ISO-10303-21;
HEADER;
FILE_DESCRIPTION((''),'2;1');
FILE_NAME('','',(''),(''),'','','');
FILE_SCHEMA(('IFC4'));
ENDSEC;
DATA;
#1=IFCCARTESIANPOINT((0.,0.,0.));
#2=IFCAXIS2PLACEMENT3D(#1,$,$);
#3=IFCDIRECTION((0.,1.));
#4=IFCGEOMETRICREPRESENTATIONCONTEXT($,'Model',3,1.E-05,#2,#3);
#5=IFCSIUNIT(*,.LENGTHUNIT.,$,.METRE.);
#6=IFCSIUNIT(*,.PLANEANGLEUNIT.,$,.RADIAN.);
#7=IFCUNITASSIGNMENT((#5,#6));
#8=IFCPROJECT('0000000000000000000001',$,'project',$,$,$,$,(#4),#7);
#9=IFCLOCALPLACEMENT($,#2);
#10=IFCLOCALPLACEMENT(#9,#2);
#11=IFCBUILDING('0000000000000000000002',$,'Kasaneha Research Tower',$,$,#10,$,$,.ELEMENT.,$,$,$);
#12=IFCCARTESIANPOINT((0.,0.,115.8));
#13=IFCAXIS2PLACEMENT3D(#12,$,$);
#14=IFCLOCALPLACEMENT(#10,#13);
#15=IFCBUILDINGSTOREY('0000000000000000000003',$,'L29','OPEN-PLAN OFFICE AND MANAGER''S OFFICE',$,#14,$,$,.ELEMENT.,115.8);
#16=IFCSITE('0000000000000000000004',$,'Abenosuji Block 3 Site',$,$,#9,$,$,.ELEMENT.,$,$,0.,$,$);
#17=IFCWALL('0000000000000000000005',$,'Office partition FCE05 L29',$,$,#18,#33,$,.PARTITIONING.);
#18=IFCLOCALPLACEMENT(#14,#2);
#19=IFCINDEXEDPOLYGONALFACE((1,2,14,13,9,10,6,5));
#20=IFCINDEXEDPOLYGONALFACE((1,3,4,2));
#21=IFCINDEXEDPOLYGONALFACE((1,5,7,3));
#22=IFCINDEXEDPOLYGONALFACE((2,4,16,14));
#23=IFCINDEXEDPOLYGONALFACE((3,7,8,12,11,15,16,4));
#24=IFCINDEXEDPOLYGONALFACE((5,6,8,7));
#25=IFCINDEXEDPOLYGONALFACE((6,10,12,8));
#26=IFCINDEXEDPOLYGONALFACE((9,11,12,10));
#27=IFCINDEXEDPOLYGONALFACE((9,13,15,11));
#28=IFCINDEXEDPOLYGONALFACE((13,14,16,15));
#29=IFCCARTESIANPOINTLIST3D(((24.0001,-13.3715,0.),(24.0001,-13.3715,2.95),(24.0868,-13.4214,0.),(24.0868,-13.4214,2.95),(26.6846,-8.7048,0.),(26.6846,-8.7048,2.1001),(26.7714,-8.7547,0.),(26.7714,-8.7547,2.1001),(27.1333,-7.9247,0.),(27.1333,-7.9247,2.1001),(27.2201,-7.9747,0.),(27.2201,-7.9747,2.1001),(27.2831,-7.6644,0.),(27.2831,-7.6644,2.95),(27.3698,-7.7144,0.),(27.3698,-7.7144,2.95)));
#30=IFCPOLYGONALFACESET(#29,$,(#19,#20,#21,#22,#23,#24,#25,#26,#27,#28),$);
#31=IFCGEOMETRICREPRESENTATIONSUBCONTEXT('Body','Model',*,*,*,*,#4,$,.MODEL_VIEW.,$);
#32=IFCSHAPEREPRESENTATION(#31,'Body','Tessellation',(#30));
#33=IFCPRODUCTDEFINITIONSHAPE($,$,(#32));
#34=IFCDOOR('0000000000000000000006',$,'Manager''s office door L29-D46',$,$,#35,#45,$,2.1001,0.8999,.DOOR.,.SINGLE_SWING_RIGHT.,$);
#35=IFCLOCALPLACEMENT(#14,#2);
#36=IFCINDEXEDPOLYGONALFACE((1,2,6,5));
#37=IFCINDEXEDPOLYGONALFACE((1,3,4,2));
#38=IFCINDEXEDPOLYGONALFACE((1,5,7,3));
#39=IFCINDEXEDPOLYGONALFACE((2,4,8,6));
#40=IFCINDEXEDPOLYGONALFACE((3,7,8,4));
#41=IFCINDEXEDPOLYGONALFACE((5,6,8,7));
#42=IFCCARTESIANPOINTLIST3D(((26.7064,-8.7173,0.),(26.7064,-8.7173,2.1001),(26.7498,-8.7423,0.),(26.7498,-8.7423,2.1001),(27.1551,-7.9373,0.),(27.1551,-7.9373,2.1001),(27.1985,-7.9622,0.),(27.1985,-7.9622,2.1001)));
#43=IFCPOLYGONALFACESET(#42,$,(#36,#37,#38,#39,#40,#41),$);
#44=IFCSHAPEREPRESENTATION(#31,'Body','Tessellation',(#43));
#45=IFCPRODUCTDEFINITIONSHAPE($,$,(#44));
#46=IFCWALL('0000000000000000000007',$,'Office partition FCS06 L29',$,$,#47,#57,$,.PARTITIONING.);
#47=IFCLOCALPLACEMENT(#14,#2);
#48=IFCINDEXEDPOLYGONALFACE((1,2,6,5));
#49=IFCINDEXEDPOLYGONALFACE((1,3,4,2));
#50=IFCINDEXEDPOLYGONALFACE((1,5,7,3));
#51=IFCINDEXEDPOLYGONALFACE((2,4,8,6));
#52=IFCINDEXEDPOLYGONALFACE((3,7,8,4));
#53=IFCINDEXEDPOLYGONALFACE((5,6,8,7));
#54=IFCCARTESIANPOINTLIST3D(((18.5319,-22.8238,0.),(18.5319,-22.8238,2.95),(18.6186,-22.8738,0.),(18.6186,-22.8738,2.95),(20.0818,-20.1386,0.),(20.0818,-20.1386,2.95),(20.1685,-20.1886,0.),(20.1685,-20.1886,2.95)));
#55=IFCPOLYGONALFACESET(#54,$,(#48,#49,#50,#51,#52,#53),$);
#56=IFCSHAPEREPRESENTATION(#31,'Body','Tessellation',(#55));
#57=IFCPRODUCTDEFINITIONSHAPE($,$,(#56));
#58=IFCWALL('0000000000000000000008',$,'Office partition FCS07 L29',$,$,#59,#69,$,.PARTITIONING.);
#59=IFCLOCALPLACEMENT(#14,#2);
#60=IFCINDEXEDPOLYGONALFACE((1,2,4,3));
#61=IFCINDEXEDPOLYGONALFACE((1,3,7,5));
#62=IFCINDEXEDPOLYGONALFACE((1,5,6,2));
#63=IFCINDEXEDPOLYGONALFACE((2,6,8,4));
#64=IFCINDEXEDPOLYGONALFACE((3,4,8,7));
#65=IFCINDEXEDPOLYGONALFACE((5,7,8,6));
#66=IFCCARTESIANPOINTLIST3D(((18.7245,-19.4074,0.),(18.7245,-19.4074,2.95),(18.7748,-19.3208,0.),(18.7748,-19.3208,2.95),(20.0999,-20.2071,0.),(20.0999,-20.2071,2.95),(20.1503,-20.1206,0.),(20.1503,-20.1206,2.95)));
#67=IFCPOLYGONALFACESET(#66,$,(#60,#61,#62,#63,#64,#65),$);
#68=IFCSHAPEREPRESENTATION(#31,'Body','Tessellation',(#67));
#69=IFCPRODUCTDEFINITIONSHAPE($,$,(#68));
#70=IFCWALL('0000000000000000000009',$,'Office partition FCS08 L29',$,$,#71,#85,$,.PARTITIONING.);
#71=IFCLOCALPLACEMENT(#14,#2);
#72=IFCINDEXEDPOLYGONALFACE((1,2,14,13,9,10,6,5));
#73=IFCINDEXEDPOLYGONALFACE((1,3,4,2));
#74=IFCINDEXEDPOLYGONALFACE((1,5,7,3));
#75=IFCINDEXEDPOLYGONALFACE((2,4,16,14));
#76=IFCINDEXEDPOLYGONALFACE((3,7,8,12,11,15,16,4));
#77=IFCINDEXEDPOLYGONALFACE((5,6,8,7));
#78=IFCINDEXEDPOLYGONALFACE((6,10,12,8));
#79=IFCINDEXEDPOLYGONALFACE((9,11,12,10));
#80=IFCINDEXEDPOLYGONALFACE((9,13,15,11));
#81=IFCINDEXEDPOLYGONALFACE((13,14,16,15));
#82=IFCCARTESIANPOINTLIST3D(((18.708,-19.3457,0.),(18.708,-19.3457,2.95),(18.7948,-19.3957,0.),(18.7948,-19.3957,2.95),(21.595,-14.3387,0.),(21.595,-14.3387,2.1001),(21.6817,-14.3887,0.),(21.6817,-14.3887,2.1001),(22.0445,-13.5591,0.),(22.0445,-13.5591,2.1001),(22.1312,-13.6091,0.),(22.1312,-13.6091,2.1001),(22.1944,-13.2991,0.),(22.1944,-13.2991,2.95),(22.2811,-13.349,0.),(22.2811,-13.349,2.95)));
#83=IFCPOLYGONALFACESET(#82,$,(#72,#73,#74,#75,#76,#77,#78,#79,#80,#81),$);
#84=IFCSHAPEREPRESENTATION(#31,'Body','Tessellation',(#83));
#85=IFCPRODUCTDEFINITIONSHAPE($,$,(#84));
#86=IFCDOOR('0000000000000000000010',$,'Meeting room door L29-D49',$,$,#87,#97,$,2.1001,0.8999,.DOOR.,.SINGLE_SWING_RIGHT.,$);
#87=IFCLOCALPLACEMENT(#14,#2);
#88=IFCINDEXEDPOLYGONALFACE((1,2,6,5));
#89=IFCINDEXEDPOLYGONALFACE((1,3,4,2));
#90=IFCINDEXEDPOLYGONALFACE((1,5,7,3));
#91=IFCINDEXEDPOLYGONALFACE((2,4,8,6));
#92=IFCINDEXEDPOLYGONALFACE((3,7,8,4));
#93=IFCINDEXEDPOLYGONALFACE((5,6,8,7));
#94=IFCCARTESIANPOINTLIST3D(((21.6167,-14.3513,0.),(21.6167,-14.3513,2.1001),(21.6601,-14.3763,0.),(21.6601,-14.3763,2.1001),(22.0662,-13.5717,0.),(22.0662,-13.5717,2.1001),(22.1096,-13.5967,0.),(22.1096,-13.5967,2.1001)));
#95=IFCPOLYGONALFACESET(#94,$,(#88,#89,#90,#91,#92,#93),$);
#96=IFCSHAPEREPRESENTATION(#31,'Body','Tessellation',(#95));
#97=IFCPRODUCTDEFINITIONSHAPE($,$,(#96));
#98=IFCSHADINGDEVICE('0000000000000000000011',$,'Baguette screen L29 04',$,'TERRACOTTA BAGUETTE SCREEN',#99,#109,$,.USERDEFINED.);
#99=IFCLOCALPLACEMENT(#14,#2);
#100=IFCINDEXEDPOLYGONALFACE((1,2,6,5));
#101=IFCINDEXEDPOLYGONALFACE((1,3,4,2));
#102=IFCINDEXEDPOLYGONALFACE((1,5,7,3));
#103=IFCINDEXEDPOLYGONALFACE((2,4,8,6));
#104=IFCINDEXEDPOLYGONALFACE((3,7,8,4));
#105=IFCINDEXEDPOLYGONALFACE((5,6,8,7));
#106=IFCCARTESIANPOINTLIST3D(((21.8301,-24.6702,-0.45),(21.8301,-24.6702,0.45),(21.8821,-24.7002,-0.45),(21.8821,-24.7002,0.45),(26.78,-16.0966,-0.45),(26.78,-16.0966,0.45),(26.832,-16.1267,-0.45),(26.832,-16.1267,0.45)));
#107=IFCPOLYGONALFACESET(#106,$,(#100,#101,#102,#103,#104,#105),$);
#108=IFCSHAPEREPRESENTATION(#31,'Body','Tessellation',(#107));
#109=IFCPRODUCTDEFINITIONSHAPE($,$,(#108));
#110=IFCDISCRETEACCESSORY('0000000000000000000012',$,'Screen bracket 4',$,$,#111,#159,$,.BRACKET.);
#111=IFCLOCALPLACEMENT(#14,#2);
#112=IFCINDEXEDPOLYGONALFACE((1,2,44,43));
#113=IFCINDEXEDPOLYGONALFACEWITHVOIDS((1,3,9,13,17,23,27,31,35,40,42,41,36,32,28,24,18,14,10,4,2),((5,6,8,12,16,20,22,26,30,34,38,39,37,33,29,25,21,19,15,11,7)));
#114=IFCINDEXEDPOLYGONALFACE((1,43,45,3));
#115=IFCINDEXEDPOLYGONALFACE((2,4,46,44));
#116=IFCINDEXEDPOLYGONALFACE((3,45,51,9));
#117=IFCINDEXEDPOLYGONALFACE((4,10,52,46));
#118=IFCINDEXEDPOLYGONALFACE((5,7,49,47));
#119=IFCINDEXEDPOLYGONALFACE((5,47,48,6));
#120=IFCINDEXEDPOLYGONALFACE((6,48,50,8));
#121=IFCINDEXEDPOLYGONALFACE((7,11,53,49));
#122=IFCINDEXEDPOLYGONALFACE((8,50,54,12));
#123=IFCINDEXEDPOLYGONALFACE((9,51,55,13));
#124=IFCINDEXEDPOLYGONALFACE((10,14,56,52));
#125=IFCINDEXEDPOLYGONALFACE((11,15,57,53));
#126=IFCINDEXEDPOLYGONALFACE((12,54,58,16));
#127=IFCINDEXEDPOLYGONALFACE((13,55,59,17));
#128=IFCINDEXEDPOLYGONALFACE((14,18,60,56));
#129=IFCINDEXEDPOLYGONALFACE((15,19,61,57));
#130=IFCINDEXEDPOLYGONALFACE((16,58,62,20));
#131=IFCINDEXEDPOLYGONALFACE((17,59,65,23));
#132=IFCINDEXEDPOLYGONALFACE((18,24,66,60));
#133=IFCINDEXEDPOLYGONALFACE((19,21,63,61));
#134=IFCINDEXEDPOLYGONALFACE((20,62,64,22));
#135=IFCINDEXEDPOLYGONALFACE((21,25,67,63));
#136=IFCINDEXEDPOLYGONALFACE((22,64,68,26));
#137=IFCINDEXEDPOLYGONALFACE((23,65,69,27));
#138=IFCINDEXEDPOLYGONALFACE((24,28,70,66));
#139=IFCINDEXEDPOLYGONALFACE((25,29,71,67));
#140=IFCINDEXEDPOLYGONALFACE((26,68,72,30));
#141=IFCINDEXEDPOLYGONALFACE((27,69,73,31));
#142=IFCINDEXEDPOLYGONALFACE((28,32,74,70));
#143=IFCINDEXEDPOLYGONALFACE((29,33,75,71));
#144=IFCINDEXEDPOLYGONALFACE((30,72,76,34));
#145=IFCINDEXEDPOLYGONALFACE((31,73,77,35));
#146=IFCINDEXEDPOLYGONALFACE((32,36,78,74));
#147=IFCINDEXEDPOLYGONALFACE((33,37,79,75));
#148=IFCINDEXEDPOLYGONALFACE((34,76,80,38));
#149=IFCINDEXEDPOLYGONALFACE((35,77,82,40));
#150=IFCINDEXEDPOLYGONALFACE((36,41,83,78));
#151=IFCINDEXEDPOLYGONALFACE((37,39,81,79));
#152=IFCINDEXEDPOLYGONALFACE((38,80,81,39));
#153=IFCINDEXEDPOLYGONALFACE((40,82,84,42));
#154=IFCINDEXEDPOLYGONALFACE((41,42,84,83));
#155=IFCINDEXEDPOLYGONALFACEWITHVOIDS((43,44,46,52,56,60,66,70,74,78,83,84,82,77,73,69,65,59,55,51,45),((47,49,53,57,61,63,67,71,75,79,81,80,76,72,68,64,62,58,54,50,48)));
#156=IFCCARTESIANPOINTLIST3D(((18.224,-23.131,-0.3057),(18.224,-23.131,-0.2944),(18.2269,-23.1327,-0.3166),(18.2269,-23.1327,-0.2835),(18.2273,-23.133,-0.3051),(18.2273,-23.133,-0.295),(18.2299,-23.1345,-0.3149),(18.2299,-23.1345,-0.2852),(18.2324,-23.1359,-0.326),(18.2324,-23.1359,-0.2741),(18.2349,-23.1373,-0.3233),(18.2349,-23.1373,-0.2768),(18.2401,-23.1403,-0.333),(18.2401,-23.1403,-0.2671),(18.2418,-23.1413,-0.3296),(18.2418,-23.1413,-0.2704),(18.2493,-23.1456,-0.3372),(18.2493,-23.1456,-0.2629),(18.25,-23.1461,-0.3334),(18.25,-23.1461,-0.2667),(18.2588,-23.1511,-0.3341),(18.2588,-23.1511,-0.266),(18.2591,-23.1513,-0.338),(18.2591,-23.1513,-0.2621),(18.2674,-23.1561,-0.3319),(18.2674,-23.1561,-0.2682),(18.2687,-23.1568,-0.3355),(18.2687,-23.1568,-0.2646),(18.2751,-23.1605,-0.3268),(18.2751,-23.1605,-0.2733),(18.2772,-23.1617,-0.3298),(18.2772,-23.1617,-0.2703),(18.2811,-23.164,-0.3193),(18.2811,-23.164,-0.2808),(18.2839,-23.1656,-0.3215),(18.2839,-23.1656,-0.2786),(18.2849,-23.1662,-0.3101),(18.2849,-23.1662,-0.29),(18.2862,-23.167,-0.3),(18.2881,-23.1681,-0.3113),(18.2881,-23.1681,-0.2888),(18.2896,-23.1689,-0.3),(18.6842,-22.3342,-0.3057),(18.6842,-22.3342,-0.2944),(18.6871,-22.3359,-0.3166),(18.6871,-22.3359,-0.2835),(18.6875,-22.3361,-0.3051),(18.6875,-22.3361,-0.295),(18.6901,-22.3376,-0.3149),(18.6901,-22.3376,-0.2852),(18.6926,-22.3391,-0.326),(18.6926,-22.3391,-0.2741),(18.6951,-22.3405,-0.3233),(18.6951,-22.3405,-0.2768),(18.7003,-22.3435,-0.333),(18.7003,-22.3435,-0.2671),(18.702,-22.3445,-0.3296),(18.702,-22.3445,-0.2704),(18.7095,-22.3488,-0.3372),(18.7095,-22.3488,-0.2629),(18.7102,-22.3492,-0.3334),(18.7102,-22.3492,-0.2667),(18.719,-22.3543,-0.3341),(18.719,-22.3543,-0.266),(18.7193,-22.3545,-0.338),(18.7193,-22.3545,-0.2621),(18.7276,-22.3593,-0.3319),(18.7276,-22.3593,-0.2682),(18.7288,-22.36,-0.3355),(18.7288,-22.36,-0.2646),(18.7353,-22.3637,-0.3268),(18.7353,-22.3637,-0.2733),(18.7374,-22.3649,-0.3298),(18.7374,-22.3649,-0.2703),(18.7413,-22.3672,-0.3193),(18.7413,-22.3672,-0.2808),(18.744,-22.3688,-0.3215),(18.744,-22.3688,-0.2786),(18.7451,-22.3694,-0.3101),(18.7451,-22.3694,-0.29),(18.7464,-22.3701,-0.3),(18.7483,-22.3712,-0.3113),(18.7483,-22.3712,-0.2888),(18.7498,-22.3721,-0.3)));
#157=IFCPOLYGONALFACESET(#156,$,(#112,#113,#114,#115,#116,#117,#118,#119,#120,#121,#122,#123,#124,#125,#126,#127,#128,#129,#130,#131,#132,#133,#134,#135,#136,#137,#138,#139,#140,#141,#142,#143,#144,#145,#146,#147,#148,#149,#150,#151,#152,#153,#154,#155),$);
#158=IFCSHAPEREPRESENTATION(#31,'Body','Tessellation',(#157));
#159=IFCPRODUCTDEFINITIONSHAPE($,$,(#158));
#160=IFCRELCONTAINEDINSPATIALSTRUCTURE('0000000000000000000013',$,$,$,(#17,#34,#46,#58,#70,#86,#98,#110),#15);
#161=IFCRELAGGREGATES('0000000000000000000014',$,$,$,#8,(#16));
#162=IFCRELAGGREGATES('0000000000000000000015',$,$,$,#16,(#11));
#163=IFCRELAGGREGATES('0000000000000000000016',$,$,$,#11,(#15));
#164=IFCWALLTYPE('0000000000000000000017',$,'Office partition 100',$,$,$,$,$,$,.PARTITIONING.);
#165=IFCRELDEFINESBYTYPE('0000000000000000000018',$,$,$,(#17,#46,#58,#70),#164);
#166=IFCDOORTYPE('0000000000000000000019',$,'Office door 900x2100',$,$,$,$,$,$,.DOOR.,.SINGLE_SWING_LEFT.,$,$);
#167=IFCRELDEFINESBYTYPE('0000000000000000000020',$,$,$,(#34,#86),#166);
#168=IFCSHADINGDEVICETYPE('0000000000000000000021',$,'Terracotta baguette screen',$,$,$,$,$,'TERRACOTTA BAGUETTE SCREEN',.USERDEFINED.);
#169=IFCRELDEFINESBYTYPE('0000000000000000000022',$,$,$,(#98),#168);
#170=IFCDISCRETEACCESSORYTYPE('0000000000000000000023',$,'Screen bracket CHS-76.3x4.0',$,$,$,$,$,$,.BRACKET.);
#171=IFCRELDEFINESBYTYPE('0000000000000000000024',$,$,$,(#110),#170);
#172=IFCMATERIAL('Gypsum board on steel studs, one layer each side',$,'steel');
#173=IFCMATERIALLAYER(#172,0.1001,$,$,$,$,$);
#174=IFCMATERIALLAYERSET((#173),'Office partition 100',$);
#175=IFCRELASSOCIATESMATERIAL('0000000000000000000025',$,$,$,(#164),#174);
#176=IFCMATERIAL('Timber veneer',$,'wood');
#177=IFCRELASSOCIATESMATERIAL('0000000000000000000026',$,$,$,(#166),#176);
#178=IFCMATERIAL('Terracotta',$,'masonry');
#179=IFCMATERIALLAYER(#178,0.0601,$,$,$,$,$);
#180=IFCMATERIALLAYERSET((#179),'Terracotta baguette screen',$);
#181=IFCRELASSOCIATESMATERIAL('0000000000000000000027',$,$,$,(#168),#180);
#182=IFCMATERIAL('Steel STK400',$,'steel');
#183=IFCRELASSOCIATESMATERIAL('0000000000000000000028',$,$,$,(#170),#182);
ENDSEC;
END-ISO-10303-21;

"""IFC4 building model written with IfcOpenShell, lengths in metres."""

from ifc_helpers import new_model, si_unit, direction, frame, frame_2d, origin, origin_2d, place, context, subcontext, project, spatial, rectangle, hollow_circle, extrude, material, layer, layer_set, material_profile, profile_set, type_object, element, fill, save


model = new_model("IFC4")

# Units and contexts
model_context = context("Model", 3, precision=1e-05, world=origin(), true_north=direction((0.0, 1.0)))
body_context = subcontext(model_context, "Body", "Model", "MODEL_VIEW")
ifc_project = project(units=[si_unit("LENGTHUNIT", "METRE"), si_unit("PLANEANGLEUNIT", "RADIAN")], contexts=[model_context])

# Site, building, storey
site_placement = place(None, origin())
site = spatial("IfcSite", under=ifc_project, at=site_placement, Name="Abenosuji Block 3 Site", CompositionType="ELEMENT", RefElevation=0.0)
building_placement = place(site_placement, origin())
building = spatial("IfcBuilding", under=site, at=building_placement, Name="Kasaneha Research Tower", CompositionType="ELEMENT")
storey_placement = place(building_placement, frame((0.0, 0.0, 115.8)))
storey = spatial("IfcBuildingStorey", under=building, at=storey_placement, Name="L29", Description="OPEN-PLAN OFFICE AND MANAGER'S OFFICE", CompositionType="ELEMENT", Elevation=115.8)

# Wall, opening, door
ifc_material_1 = material(Name="Gypsum board on steel studs, one layer each side", Category="steel")
ifc_layer_1 = layer(ifc_material_1, 0.1001)
ifc_layer_set_1 = layer_set([ifc_layer_1], Name="Office partition 100")
wall_type = type_object("IfcWallType", Name="Office partition 100", PredefinedType="PARTITIONING", material=ifc_layer_set_1)
wall_1_placement = place(storey_placement, frame((24.0435, -13.3965, 0.0), z_axis=(0.0, 0.0, 1.0), x_axis=(0.498633, 0.866813, 0.0)))
wall_1 = element("IfcWall", 1, at=wall_1_placement, inside=storey, type_object=wall_type, Name="Office partition FCE05 L29", PredefinedType="PARTITIONING", context=body_context, shape_type="SweptSolid", body=[
    extrude(rectangle(XDim=6.584, YDim=0.1001, at=frame_2d((3.292, 0.0))), origin(), (0.0, 0.0, 1.0), 2.95),
])
opening_1_placement = place(wall_1_placement, frame((5.3838, 0.0, 0.0)))
opening_1 = element("IfcOpeningElement", 2, at=opening_1_placement, cuts=wall_1, PredefinedType="OPENING", context=body_context, shape_type="SweptSolid", body=[
    extrude(rectangle(XDim=0.8999, YDim=2.1001, at=frame_2d((0.45, 1.05))), frame((0.0, 0.0601, 0.0), z_axis=(0.0, -1.0, 0.0), x_axis=(1.0, 0.0, 0.0)), (0.0, 0.0, 1.0), 0.1201),
])
ifc_material_2 = material(Name="Timber veneer", Category="wood")
door_type = type_object("IfcDoorType", Name="Office door 900x2100", OperationType="SINGLE_SWING_LEFT", PredefinedType="DOOR", material=ifc_material_2)
door_1_placement = place(opening_1_placement, origin())
door_1 = element("IfcDoor", 3, at=door_1_placement, inside=storey, type_object=door_type, Name="Manager's office door L29-D46", OperationType="SINGLE_SWING_RIGHT", OverallHeight=2.1001, OverallWidth=0.8999, PredefinedType="DOOR", context=body_context, shape_type="SweptSolid", body=[
    extrude(rectangle(XDim=0.8999, YDim=2.1001, at=frame_2d((0.45, 1.05))), frame((0.0, 0.0249, 0.0), z_axis=(0.0, -1.0, 0.0), x_axis=(1.0, 0.0, 0.0)), (0.0, 0.0, 1.0), 0.05),
])
fill(opening_1, door_1)

# Walls
wall_2_placement = place(storey_placement, frame((18.5752, -22.8489, 0.0), z_axis=(0.0, 0.0, 1.0), x_axis=(0.4999, 0.866083, 0.0)))
element("IfcWall", 4, at=wall_2_placement, inside=storey, type_object=wall_type, Name="Office partition FCS06 L29", PredefinedType="PARTITIONING", context=body_context, shape_type="SweptSolid", body=[
    extrude(rectangle(XDim=3.1003, YDim=0.1001, at=frame_2d((1.5503, 0.0))), origin(), (0.0, 0.0, 1.0), 2.95),
])
wall_3_placement = place(storey_placement, frame((20.125, -20.1638, 0.0), z_axis=(0.0, 0.0, 1.0), x_axis=(-0.864479, 0.502668, 0.0)))
element("IfcWall", 5, at=wall_3_placement, inside=storey, type_object=wall_type, Name="Office partition FCS07 L29", PredefinedType="PARTITIONING", context=body_context, shape_type="SweptSolid", body=[
    extrude(rectangle(XDim=1.5911, YDim=0.1001, at=frame_2d((0.7954, 0.0))), origin(), (0.0, 0.0, 1.0), 2.95),
])

# Wall, opening, door
wall_4_placement = place(storey_placement, frame((18.7515, -19.3706, 0.0), z_axis=(0.0, 0.0, 1.0), x_axis=(0.499495, 0.866317, 0.0)))
wall_4 = element("IfcWall", 6, at=wall_4_placement, inside=storey, type_object=wall_type, Name="Office partition FCS08 L29", PredefinedType="PARTITIONING", context=body_context, shape_type="SweptSolid", body=[
    extrude(rectangle(XDim=6.9797, YDim=0.1001, at=frame_2d((3.4897, 0.0))), origin(), (0.0, 0.0, 1.0), 2.95),
])
opening_2_placement = place(wall_4_placement, frame((5.7795, 0.0, 0.0)))
opening_2 = element("IfcOpeningElement", 7, at=opening_2_placement, cuts=wall_4, PredefinedType="OPENING", context=body_context, shape_type="SweptSolid", body=[
    extrude(rectangle(XDim=0.8999, YDim=2.1001, at=frame_2d((0.45, 1.05))), frame((0.0, 0.0601, 0.0), z_axis=(0.0, -1.0, 0.0), x_axis=(1.0, 0.0, 0.0)), (0.0, 0.0, 1.0), 0.1201),
])
door_2_placement = place(opening_2_placement, origin())
door_2 = element("IfcDoor", 8, at=door_2_placement, inside=storey, type_object=door_type, Name="Meeting room door L29-D49", OperationType="SINGLE_SWING_RIGHT", OverallHeight=2.1001, OverallWidth=0.8999, PredefinedType="DOOR", context=body_context, shape_type="SweptSolid", body=[
    extrude(rectangle(XDim=0.8999, YDim=2.1001, at=frame_2d((0.45, 1.05))), frame((0.0, 0.0249, 0.0), z_axis=(0.0, -1.0, 0.0), x_axis=(1.0, 0.0, 0.0)), (0.0, 0.0, 1.0), 0.05),
])
fill(opening_2, door_2)

# Shading device
ifc_material_3 = material(Name="Terracotta", Category="masonry")
ifc_layer_2 = layer(ifc_material_3, 0.0601)
ifc_layer_set_2 = layer_set([ifc_layer_2], Name="Terracotta baguette screen")
shading_device_type = type_object("IfcShadingDeviceType", Name="Terracotta baguette screen", ElementType="TERRACOTTA BAGUETTE SCREEN", PredefinedType="USERDEFINED", material=ifc_layer_set_2)
shading_device_placement = place(storey_placement, frame((24.3311, -20.3984, -0.45), z_axis=(0.0, 0.0, 1.0), x_axis=(0.5, 0.866025, 0.0)))
element("IfcShadingDevice", 9, at=shading_device_placement, inside=storey, type_object=shading_device_type, Name="Baguette screen L29 04", ObjectType="TERRACOTTA BAGUETTE SCREEN", PredefinedType="USERDEFINED", context=body_context, shape_type="SweptSolid", body=[
    extrude(rectangle(XDim=9.8999, YDim=0.0601, at=origin_2d()), origin(), (0.0, 0.0, 1.0), 0.8999),
])

# Discrete accessory
ifc_material_4 = material(Name="Steel STK400", Category="steel")
ifc_material_profile_1 = material_profile(ifc_material_4, hollow_circle(Radius=0.0381, WallThickness=0.0039, at=origin_2d()), Name="CHS-76.3x4.0")
ifc_profile_set_1 = profile_set([ifc_material_profile_1], Name="Steel STK400")
discrete_accessory_type = type_object("IfcDiscreteAccessoryType", Name="Screen bracket CHS-76.3x4.0", PredefinedType="BRACKET", material=ifc_profile_set_1)
discrete_accessory_1_placement = place(storey_placement, frame((18.7168, -22.353, -0.3), z_axis=(-0.500105, -0.865965, 0.0), x_axis=(0.865965, -0.500105, 0.0)))
element("IfcDiscreteAccessory", 10, at=discrete_accessory_1_placement, inside=storey, type_object=discrete_accessory_type, Name="Screen bracket 4", PredefinedType="BRACKET", context=body_context, shape_type="SweptSolid", body=[
    extrude(hollow_circle(Radius=0.0381, WallThickness=0.0039, at=origin_2d()), origin(), (0.0, 0.0, 1.0), 0.9202),
])

save(model, "model.ifc")
